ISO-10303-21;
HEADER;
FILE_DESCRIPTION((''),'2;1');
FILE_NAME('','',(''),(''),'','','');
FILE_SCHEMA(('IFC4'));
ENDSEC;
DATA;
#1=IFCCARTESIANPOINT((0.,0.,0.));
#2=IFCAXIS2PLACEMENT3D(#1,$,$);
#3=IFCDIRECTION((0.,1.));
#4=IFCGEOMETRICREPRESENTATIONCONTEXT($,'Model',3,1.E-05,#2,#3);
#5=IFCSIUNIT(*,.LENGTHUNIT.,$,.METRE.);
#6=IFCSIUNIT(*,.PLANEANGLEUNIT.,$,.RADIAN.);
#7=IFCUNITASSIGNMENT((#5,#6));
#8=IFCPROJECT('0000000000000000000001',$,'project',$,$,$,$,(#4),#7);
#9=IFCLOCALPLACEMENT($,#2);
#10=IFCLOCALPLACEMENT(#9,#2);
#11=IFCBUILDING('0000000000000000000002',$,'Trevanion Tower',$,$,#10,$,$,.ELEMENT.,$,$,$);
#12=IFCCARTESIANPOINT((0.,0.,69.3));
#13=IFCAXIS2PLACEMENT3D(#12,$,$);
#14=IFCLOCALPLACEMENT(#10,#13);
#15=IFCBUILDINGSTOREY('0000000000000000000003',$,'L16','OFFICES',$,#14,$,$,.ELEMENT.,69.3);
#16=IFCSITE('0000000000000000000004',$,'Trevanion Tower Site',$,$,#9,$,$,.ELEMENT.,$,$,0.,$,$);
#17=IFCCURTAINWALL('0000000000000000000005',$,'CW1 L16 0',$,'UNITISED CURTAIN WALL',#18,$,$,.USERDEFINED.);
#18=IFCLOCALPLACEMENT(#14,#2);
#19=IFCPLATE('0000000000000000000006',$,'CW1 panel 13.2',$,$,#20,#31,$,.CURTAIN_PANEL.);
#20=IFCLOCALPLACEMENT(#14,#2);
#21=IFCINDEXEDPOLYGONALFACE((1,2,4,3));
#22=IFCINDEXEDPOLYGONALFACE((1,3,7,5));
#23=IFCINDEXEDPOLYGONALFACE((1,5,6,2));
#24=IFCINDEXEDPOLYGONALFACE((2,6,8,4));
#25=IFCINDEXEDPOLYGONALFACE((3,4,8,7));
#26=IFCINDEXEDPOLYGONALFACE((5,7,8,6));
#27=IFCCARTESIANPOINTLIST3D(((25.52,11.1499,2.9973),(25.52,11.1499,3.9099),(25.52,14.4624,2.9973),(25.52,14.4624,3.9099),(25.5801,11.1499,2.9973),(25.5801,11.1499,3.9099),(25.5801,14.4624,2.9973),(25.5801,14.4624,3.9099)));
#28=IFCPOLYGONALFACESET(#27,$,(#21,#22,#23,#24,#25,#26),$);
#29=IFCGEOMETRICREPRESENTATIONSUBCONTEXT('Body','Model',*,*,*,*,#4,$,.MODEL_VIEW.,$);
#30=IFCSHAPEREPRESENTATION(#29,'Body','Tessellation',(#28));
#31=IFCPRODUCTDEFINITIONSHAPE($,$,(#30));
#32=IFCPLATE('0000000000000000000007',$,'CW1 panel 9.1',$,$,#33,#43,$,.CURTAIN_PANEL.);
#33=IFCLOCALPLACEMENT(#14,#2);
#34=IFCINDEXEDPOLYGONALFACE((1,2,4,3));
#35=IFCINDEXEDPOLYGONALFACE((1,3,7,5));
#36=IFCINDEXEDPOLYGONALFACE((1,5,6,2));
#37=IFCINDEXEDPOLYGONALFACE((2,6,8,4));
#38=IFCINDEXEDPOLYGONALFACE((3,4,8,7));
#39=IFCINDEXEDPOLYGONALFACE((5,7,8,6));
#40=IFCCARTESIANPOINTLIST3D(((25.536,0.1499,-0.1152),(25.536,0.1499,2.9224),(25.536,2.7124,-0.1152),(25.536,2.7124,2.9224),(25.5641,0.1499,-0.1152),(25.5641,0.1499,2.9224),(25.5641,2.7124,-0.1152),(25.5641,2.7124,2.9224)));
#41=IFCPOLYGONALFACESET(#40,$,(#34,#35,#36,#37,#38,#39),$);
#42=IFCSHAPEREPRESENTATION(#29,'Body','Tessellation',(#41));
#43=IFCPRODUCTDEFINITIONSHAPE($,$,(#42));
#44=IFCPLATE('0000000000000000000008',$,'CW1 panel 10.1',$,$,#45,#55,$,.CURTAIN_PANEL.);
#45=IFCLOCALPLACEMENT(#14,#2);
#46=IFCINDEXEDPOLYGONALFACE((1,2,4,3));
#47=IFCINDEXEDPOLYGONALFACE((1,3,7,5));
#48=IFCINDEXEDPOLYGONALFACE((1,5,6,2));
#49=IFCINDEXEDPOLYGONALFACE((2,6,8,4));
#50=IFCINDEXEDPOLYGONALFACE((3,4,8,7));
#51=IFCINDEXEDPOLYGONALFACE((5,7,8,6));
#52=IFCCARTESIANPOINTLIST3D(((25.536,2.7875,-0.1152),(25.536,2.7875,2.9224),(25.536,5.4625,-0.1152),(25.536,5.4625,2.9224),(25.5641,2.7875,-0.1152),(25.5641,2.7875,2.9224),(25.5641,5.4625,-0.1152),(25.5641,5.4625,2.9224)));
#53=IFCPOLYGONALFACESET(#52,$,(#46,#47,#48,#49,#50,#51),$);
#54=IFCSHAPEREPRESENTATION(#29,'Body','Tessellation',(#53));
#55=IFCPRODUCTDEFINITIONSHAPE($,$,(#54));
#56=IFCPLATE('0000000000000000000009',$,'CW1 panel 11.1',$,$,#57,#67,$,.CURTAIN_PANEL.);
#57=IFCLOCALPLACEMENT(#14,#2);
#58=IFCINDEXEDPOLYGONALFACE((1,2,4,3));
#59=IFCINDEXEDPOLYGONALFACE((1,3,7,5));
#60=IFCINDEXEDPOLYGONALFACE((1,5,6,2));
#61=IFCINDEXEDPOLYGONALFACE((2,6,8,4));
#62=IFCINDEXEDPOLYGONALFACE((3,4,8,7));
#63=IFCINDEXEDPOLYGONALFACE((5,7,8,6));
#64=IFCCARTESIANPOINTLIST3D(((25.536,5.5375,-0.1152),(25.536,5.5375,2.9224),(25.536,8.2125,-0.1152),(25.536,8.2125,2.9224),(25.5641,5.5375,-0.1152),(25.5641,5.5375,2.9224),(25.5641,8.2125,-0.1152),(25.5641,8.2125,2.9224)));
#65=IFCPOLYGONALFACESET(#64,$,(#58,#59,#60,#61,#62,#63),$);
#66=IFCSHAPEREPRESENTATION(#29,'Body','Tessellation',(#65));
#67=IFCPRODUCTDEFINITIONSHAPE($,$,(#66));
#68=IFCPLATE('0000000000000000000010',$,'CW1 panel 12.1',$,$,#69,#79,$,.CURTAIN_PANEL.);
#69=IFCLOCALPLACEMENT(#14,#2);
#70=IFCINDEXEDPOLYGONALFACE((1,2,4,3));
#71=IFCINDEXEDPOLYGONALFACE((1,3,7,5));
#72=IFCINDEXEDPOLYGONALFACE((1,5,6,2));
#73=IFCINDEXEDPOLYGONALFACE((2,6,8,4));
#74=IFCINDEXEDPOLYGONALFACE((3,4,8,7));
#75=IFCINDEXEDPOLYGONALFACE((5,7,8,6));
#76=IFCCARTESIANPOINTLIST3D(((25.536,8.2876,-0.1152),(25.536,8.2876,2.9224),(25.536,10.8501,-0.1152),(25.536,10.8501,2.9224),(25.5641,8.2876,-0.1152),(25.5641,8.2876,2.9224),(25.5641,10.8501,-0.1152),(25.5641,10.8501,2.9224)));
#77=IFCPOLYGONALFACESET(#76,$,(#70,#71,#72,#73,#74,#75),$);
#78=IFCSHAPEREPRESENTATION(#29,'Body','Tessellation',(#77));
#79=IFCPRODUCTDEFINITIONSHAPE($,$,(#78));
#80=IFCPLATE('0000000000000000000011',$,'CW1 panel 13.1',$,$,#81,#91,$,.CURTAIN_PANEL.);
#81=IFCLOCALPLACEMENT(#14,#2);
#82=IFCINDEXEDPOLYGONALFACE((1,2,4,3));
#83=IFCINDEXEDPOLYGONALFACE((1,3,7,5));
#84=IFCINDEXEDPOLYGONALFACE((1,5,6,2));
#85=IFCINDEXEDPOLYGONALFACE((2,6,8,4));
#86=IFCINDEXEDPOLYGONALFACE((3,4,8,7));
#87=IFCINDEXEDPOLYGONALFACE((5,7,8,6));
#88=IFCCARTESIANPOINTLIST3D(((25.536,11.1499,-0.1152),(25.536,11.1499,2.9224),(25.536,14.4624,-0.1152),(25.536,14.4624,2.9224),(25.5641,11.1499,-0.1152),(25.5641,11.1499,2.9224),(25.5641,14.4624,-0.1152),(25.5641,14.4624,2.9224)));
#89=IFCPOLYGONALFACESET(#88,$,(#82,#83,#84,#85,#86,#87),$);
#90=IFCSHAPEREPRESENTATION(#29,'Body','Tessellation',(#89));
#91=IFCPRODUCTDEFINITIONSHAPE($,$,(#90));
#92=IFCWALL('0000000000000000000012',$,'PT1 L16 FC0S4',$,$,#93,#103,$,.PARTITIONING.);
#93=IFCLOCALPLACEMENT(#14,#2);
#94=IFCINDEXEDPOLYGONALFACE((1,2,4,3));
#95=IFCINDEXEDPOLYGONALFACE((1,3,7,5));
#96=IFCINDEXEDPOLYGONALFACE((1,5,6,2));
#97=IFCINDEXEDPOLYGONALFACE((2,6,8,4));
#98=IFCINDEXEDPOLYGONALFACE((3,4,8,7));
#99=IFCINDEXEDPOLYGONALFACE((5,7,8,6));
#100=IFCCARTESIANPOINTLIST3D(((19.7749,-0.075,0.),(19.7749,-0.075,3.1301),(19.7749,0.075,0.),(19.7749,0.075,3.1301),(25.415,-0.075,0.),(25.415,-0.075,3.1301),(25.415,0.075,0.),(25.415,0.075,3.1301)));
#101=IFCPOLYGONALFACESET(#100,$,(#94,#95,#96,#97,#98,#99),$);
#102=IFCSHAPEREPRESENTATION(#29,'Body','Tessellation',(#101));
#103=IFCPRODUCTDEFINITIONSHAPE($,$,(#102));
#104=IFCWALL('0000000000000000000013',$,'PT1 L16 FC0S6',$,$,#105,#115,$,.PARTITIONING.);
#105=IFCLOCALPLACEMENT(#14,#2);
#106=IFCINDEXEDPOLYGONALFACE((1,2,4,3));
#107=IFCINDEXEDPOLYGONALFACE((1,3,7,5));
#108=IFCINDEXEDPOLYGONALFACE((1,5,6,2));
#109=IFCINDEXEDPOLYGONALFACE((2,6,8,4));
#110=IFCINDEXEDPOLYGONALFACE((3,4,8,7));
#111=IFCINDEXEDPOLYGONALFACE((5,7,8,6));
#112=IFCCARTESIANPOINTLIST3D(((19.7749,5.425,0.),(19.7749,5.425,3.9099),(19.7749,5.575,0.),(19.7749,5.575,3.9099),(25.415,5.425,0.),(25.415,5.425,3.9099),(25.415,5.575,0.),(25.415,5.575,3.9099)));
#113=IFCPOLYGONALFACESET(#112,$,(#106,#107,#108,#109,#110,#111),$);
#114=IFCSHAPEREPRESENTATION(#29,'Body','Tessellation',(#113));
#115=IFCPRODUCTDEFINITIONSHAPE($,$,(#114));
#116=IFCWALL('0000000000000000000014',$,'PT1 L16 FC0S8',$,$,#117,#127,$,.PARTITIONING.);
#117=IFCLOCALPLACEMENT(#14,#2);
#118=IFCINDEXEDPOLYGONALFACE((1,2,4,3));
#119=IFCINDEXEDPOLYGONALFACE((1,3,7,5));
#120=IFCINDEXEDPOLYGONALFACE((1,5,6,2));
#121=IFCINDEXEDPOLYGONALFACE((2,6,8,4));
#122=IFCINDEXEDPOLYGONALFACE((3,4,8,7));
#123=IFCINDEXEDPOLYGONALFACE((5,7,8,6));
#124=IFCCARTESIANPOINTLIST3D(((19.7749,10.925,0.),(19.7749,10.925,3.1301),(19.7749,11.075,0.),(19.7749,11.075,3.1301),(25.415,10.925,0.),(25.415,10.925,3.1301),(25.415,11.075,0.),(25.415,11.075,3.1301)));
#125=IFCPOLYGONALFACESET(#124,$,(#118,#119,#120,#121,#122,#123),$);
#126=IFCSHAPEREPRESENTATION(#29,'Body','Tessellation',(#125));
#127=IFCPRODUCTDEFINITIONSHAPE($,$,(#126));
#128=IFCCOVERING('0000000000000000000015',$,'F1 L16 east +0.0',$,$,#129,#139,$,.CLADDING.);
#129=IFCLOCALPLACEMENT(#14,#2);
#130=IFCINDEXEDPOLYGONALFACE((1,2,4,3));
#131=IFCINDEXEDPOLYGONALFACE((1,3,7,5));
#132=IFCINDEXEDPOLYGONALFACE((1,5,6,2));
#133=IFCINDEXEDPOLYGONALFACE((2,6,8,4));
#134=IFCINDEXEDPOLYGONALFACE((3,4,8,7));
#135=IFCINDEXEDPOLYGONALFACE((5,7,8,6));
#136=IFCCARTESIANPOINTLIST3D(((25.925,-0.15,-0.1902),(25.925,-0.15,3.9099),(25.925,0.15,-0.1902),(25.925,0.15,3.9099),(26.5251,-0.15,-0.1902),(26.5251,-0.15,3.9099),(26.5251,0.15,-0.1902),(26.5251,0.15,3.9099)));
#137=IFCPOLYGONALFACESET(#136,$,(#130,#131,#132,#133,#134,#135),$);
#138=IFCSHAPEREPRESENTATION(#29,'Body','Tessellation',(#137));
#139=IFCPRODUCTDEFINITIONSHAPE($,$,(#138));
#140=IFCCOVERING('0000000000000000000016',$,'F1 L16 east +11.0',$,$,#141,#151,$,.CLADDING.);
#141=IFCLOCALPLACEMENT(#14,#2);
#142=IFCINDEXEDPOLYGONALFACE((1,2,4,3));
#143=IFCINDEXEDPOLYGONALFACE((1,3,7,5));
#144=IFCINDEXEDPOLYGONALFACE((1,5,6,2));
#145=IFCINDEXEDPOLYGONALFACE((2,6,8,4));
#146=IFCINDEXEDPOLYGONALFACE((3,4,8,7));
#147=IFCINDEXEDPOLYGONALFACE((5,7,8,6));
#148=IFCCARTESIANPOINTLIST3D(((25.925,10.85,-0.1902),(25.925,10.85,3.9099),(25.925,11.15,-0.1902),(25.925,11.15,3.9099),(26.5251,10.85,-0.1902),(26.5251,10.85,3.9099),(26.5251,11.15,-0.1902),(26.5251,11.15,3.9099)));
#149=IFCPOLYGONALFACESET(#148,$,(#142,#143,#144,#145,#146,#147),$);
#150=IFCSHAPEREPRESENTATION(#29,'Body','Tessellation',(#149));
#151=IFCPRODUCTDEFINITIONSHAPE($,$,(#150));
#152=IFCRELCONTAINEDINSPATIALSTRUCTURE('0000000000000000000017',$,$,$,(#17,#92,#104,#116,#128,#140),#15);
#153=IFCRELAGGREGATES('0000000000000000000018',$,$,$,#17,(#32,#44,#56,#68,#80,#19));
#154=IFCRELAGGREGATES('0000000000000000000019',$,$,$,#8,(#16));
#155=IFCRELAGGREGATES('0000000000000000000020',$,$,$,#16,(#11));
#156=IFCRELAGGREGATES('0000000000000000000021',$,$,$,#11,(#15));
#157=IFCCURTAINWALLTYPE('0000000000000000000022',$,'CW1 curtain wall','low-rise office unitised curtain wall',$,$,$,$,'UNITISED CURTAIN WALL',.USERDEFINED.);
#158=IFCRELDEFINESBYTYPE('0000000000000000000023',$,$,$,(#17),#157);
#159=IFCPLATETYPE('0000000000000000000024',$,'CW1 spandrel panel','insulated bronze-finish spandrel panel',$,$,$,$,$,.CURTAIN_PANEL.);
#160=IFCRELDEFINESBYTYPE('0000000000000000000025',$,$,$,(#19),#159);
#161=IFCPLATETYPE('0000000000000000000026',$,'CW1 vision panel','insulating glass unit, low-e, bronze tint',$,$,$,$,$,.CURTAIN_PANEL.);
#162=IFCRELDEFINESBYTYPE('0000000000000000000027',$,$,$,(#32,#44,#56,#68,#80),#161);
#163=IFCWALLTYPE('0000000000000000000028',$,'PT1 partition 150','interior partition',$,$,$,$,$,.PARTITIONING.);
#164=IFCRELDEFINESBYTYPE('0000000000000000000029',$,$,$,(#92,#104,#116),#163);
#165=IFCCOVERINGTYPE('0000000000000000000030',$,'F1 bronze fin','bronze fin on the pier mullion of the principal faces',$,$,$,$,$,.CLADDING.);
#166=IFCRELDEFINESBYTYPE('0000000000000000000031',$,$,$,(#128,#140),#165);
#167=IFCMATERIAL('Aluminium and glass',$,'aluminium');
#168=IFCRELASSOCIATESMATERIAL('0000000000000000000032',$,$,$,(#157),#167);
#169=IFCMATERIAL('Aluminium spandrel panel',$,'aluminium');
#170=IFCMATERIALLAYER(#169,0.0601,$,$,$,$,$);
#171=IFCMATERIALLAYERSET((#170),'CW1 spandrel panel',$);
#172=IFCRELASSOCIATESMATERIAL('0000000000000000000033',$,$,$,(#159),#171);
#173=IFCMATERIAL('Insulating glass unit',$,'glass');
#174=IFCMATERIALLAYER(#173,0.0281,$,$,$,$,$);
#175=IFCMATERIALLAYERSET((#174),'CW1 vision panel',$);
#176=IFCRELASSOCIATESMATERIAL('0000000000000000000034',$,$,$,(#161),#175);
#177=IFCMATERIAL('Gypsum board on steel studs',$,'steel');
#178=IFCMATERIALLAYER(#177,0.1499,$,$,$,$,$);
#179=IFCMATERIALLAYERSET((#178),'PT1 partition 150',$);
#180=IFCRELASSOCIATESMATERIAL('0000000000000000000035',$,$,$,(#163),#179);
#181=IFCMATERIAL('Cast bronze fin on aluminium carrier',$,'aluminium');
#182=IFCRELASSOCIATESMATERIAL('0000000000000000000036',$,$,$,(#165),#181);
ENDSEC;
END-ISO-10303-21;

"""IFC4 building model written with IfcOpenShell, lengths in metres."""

from ifc_helpers import new_model, si_unit, direction, frame, frame_2d, origin, origin_2d, place, context, subcontext, project, spatial, rectangle, extrude, material, layer, layer_set, type_object, element, aggregate, save


model = new_model("IFC4")

# Units and contexts
model_context = context("Model", 3, precision=1e-05, world=origin(), true_north=direction((0.0, 1.0)))
body_context = subcontext(model_context, "Body", "Model", "MODEL_VIEW")
ifc_project = project(units=[si_unit("LENGTHUNIT", "METRE"), si_unit("PLANEANGLEUNIT", "RADIAN")], contexts=[model_context])

# Site, building, storey
site_placement = place(None, origin())
site = spatial("IfcSite", under=ifc_project, at=site_placement, Name="Trevanion Tower Site", CompositionType="ELEMENT", RefElevation=0.0)
building_placement = place(site_placement, origin())
building = spatial("IfcBuilding", under=site, at=building_placement, Name="Trevanion Tower", CompositionType="ELEMENT")
storey_placement = place(building_placement, frame((0.0, 0.0, 69.3)))
storey = spatial("IfcBuildingStorey", under=building, at=storey_placement, Name="L16", Description="OFFICES", CompositionType="ELEMENT", Elevation=69.3)

# Curtain wall
ifc_material_1 = material(Name="Aluminium and glass", Category="aluminium")
curtain_wall_type = type_object("IfcCurtainWallType", Name="CW1 curtain wall", Description="low-rise office unitised curtain wall", ElementType="UNITISED CURTAIN WALL", PredefinedType="USERDEFINED", material=ifc_material_1)
curtain_wall_placement = place(storey_placement, origin())
curtain_wall = element("IfcCurtainWall", 1, at=curtain_wall_placement, inside=storey, type_object=curtain_wall_type, Name="CW1 L16 0", ObjectType="UNITISED CURTAIN WALL", PredefinedType="USERDEFINED")

# Plates
ifc_material_2 = material(Name="Aluminium spandrel panel", Category="aluminium")
ifc_layer_1 = layer(ifc_material_2, 0.0601)
ifc_layer_set_1 = layer_set([ifc_layer_1], Name="CW1 spandrel panel")
plate_type_1 = type_object("IfcPlateType", Name="CW1 spandrel panel", Description="insulated bronze-finish spandrel panel", PredefinedType="CURTAIN_PANEL", material=ifc_layer_set_1)
plate_1_placement = place(storey_placement, frame((25.55, 12.8062, 2.9973), z_axis=(0.0, 0.0, 1.0), x_axis=(0.0, 1.0, 0.0)))
plate_1 = element("IfcPlate", 2, at=plate_1_placement, type_object=plate_type_1, Name="CW1 panel 13.2", PredefinedType="CURTAIN_PANEL", context=body_context, shape_type="SweptSolid", body=[
    extrude(rectangle(XDim=3.3125, YDim=0.0601, at=origin_2d()), origin(), (0.0, 0.0, 1.0), 0.9126),
])
ifc_material_3 = material(Name="Insulating glass unit", Category="glass")
ifc_layer_2 = layer(ifc_material_3, 0.0281)
ifc_layer_set_2 = layer_set([ifc_layer_2], Name="CW1 vision panel")
plate_type_2 = type_object("IfcPlateType", Name="CW1 vision panel", Description="insulating glass unit, low-e, bronze tint", PredefinedType="CURTAIN_PANEL", material=ifc_layer_set_2)
plate_2_placement = place(storey_placement, frame((25.55, 1.4312, -0.1152), z_axis=(0.0, 0.0, 1.0), x_axis=(0.0, 1.0, 0.0)))
plate_2 = element("IfcPlate", 3, at=plate_2_placement, type_object=plate_type_2, Name="CW1 panel 9.1", PredefinedType="CURTAIN_PANEL", context=body_context, shape_type="SweptSolid", body=[
    extrude(rectangle(XDim=2.5625, YDim=0.0281, at=origin_2d()), origin(), (0.0, 0.0, 1.0), 3.0376),
])
plate_3_placement = place(storey_placement, frame((25.55, 4.125, -0.1152), z_axis=(0.0, 0.0, 1.0), x_axis=(0.0, 1.0, 0.0)))
plate_3 = element("IfcPlate", 4, at=plate_3_placement, type_object=plate_type_2, Name="CW1 panel 10.1", PredefinedType="CURTAIN_PANEL", context=body_context, shape_type="SweptSolid", body=[
    extrude(rectangle(XDim=2.675, YDim=0.0281, at=origin_2d()), origin(), (0.0, 0.0, 1.0), 3.0376),
])
plate_4_placement = place(storey_placement, frame((25.55, 6.875, -0.1152), z_axis=(0.0, 0.0, 1.0), x_axis=(0.0, 1.0, 0.0)))
plate_4 = element("IfcPlate", 5, at=plate_4_placement, type_object=plate_type_2, Name="CW1 panel 11.1", PredefinedType="CURTAIN_PANEL", context=body_context, shape_type="SweptSolid", body=[
    extrude(rectangle(XDim=2.675, YDim=0.0281, at=origin_2d()), origin(), (0.0, 0.0, 1.0), 3.0376),
])
plate_5_placement = place(storey_placement, frame((25.55, 9.5688, -0.1152), z_axis=(0.0, 0.0, 1.0), x_axis=(0.0, 1.0, 0.0)))
plate_5 = element("IfcPlate", 6, at=plate_5_placement, type_object=plate_type_2, Name="CW1 panel 12.1", PredefinedType="CURTAIN_PANEL", context=body_context, shape_type="SweptSolid", body=[
    extrude(rectangle(XDim=2.5625, YDim=0.0281, at=origin_2d()), origin(), (0.0, 0.0, 1.0), 3.0376),
])
plate_6_placement = place(storey_placement, frame((25.55, 12.8062, -0.1152), z_axis=(0.0, 0.0, 1.0), x_axis=(0.0, 1.0, 0.0)))
plate_6 = element("IfcPlate", 7, at=plate_6_placement, type_object=plate_type_2, Name="CW1 panel 13.1", PredefinedType="CURTAIN_PANEL", context=body_context, shape_type="SweptSolid", body=[
    extrude(rectangle(XDim=3.3125, YDim=0.0281, at=origin_2d()), origin(), (0.0, 0.0, 1.0), 3.0376),
])
aggregate(curtain_wall, [plate_2, plate_3, plate_4, plate_5, plate_6, plate_1])

# Walls
ifc_material_4 = material(Name="Gypsum board on steel studs", Category="steel")
ifc_layer_3 = layer(ifc_material_4, 0.1499)
ifc_layer_set_3 = layer_set([ifc_layer_3], Name="PT1 partition 150")
wall_type = type_object("IfcWallType", Name="PT1 partition 150", Description="interior partition", PredefinedType="PARTITIONING", material=ifc_layer_set_3)
wall_1_placement = place(storey_placement, frame((19.7749, 0.0, 0.0), z_axis=(0.0, 0.0, 1.0), x_axis=(1.0, 0.0, 0.0)))
element("IfcWall", 8, at=wall_1_placement, inside=storey, type_object=wall_type, Name="PT1 L16 FC0S4", PredefinedType="PARTITIONING", context=body_context, shape_type="SweptSolid", body=[
    extrude(rectangle(XDim=5.6401, YDim=0.1499, at=frame_2d((2.8201, 0.0))), origin(), (0.0, 0.0, 1.0), 3.1301),
])
wall_2_placement = place(storey_placement, frame((19.7749, 5.5, 0.0), z_axis=(0.0, 0.0, 1.0), x_axis=(1.0, 0.0, 0.0)))
element("IfcWall", 9, at=wall_2_placement, inside=storey, type_object=wall_type, Name="PT1 L16 FC0S6", PredefinedType="PARTITIONING", context=body_context, shape_type="SweptSolid", body=[
    extrude(rectangle(XDim=5.6401, YDim=0.1499, at=frame_2d((2.8201, 0.0))), origin(), (0.0, 0.0, 1.0), 3.9099),
])
wall_3_placement = place(storey_placement, frame((19.7749, 11.0, 0.0), z_axis=(0.0, 0.0, 1.0), x_axis=(1.0, 0.0, 0.0)))
element("IfcWall", 10, at=wall_3_placement, inside=storey, type_object=wall_type, Name="PT1 L16 FC0S8", PredefinedType="PARTITIONING", context=body_context, shape_type="SweptSolid", body=[
    extrude(rectangle(XDim=5.6401, YDim=0.1499, at=frame_2d((2.8201, 0.0))), origin(), (0.0, 0.0, 1.0), 3.1301),
])

# Coverings
ifc_material_5 = material(Name="Cast bronze fin on aluminium carrier", Category="aluminium")
covering_type = type_object("IfcCoveringType", Name="F1 bronze fin", Description="bronze fin on the pier mullion of the principal faces", PredefinedType="CLADDING", material=ifc_material_5)
for number, where, z_axis, x_axis, name in (
    (11, (26.2251, 0.0, -0.1902), (0.0, 0.0, 1.0), (0.0, 1.0, 0.0), "F1 L16 east +0.0"),
    (12, (26.2251, 11.0, -0.1902), (0.0, 0.0, 1.0), (0.0, 1.0, 0.0), "F1 L16 east +11.0"),
):
    element("IfcCovering", number, at=place(storey_placement, frame(where, z_axis=z_axis, x_axis=x_axis)), inside=storey, type_object=covering_type, Name=name, PredefinedType="CLADDING", context=body_context, shape_type="SweptSolid", body=[
        extrude(rectangle(XDim=0.3, YDim=0.6001, at=origin_2d()), origin(), (0.0, 0.0, 1.0), 4.1001),
    ])

save(model, "model.ifc")
